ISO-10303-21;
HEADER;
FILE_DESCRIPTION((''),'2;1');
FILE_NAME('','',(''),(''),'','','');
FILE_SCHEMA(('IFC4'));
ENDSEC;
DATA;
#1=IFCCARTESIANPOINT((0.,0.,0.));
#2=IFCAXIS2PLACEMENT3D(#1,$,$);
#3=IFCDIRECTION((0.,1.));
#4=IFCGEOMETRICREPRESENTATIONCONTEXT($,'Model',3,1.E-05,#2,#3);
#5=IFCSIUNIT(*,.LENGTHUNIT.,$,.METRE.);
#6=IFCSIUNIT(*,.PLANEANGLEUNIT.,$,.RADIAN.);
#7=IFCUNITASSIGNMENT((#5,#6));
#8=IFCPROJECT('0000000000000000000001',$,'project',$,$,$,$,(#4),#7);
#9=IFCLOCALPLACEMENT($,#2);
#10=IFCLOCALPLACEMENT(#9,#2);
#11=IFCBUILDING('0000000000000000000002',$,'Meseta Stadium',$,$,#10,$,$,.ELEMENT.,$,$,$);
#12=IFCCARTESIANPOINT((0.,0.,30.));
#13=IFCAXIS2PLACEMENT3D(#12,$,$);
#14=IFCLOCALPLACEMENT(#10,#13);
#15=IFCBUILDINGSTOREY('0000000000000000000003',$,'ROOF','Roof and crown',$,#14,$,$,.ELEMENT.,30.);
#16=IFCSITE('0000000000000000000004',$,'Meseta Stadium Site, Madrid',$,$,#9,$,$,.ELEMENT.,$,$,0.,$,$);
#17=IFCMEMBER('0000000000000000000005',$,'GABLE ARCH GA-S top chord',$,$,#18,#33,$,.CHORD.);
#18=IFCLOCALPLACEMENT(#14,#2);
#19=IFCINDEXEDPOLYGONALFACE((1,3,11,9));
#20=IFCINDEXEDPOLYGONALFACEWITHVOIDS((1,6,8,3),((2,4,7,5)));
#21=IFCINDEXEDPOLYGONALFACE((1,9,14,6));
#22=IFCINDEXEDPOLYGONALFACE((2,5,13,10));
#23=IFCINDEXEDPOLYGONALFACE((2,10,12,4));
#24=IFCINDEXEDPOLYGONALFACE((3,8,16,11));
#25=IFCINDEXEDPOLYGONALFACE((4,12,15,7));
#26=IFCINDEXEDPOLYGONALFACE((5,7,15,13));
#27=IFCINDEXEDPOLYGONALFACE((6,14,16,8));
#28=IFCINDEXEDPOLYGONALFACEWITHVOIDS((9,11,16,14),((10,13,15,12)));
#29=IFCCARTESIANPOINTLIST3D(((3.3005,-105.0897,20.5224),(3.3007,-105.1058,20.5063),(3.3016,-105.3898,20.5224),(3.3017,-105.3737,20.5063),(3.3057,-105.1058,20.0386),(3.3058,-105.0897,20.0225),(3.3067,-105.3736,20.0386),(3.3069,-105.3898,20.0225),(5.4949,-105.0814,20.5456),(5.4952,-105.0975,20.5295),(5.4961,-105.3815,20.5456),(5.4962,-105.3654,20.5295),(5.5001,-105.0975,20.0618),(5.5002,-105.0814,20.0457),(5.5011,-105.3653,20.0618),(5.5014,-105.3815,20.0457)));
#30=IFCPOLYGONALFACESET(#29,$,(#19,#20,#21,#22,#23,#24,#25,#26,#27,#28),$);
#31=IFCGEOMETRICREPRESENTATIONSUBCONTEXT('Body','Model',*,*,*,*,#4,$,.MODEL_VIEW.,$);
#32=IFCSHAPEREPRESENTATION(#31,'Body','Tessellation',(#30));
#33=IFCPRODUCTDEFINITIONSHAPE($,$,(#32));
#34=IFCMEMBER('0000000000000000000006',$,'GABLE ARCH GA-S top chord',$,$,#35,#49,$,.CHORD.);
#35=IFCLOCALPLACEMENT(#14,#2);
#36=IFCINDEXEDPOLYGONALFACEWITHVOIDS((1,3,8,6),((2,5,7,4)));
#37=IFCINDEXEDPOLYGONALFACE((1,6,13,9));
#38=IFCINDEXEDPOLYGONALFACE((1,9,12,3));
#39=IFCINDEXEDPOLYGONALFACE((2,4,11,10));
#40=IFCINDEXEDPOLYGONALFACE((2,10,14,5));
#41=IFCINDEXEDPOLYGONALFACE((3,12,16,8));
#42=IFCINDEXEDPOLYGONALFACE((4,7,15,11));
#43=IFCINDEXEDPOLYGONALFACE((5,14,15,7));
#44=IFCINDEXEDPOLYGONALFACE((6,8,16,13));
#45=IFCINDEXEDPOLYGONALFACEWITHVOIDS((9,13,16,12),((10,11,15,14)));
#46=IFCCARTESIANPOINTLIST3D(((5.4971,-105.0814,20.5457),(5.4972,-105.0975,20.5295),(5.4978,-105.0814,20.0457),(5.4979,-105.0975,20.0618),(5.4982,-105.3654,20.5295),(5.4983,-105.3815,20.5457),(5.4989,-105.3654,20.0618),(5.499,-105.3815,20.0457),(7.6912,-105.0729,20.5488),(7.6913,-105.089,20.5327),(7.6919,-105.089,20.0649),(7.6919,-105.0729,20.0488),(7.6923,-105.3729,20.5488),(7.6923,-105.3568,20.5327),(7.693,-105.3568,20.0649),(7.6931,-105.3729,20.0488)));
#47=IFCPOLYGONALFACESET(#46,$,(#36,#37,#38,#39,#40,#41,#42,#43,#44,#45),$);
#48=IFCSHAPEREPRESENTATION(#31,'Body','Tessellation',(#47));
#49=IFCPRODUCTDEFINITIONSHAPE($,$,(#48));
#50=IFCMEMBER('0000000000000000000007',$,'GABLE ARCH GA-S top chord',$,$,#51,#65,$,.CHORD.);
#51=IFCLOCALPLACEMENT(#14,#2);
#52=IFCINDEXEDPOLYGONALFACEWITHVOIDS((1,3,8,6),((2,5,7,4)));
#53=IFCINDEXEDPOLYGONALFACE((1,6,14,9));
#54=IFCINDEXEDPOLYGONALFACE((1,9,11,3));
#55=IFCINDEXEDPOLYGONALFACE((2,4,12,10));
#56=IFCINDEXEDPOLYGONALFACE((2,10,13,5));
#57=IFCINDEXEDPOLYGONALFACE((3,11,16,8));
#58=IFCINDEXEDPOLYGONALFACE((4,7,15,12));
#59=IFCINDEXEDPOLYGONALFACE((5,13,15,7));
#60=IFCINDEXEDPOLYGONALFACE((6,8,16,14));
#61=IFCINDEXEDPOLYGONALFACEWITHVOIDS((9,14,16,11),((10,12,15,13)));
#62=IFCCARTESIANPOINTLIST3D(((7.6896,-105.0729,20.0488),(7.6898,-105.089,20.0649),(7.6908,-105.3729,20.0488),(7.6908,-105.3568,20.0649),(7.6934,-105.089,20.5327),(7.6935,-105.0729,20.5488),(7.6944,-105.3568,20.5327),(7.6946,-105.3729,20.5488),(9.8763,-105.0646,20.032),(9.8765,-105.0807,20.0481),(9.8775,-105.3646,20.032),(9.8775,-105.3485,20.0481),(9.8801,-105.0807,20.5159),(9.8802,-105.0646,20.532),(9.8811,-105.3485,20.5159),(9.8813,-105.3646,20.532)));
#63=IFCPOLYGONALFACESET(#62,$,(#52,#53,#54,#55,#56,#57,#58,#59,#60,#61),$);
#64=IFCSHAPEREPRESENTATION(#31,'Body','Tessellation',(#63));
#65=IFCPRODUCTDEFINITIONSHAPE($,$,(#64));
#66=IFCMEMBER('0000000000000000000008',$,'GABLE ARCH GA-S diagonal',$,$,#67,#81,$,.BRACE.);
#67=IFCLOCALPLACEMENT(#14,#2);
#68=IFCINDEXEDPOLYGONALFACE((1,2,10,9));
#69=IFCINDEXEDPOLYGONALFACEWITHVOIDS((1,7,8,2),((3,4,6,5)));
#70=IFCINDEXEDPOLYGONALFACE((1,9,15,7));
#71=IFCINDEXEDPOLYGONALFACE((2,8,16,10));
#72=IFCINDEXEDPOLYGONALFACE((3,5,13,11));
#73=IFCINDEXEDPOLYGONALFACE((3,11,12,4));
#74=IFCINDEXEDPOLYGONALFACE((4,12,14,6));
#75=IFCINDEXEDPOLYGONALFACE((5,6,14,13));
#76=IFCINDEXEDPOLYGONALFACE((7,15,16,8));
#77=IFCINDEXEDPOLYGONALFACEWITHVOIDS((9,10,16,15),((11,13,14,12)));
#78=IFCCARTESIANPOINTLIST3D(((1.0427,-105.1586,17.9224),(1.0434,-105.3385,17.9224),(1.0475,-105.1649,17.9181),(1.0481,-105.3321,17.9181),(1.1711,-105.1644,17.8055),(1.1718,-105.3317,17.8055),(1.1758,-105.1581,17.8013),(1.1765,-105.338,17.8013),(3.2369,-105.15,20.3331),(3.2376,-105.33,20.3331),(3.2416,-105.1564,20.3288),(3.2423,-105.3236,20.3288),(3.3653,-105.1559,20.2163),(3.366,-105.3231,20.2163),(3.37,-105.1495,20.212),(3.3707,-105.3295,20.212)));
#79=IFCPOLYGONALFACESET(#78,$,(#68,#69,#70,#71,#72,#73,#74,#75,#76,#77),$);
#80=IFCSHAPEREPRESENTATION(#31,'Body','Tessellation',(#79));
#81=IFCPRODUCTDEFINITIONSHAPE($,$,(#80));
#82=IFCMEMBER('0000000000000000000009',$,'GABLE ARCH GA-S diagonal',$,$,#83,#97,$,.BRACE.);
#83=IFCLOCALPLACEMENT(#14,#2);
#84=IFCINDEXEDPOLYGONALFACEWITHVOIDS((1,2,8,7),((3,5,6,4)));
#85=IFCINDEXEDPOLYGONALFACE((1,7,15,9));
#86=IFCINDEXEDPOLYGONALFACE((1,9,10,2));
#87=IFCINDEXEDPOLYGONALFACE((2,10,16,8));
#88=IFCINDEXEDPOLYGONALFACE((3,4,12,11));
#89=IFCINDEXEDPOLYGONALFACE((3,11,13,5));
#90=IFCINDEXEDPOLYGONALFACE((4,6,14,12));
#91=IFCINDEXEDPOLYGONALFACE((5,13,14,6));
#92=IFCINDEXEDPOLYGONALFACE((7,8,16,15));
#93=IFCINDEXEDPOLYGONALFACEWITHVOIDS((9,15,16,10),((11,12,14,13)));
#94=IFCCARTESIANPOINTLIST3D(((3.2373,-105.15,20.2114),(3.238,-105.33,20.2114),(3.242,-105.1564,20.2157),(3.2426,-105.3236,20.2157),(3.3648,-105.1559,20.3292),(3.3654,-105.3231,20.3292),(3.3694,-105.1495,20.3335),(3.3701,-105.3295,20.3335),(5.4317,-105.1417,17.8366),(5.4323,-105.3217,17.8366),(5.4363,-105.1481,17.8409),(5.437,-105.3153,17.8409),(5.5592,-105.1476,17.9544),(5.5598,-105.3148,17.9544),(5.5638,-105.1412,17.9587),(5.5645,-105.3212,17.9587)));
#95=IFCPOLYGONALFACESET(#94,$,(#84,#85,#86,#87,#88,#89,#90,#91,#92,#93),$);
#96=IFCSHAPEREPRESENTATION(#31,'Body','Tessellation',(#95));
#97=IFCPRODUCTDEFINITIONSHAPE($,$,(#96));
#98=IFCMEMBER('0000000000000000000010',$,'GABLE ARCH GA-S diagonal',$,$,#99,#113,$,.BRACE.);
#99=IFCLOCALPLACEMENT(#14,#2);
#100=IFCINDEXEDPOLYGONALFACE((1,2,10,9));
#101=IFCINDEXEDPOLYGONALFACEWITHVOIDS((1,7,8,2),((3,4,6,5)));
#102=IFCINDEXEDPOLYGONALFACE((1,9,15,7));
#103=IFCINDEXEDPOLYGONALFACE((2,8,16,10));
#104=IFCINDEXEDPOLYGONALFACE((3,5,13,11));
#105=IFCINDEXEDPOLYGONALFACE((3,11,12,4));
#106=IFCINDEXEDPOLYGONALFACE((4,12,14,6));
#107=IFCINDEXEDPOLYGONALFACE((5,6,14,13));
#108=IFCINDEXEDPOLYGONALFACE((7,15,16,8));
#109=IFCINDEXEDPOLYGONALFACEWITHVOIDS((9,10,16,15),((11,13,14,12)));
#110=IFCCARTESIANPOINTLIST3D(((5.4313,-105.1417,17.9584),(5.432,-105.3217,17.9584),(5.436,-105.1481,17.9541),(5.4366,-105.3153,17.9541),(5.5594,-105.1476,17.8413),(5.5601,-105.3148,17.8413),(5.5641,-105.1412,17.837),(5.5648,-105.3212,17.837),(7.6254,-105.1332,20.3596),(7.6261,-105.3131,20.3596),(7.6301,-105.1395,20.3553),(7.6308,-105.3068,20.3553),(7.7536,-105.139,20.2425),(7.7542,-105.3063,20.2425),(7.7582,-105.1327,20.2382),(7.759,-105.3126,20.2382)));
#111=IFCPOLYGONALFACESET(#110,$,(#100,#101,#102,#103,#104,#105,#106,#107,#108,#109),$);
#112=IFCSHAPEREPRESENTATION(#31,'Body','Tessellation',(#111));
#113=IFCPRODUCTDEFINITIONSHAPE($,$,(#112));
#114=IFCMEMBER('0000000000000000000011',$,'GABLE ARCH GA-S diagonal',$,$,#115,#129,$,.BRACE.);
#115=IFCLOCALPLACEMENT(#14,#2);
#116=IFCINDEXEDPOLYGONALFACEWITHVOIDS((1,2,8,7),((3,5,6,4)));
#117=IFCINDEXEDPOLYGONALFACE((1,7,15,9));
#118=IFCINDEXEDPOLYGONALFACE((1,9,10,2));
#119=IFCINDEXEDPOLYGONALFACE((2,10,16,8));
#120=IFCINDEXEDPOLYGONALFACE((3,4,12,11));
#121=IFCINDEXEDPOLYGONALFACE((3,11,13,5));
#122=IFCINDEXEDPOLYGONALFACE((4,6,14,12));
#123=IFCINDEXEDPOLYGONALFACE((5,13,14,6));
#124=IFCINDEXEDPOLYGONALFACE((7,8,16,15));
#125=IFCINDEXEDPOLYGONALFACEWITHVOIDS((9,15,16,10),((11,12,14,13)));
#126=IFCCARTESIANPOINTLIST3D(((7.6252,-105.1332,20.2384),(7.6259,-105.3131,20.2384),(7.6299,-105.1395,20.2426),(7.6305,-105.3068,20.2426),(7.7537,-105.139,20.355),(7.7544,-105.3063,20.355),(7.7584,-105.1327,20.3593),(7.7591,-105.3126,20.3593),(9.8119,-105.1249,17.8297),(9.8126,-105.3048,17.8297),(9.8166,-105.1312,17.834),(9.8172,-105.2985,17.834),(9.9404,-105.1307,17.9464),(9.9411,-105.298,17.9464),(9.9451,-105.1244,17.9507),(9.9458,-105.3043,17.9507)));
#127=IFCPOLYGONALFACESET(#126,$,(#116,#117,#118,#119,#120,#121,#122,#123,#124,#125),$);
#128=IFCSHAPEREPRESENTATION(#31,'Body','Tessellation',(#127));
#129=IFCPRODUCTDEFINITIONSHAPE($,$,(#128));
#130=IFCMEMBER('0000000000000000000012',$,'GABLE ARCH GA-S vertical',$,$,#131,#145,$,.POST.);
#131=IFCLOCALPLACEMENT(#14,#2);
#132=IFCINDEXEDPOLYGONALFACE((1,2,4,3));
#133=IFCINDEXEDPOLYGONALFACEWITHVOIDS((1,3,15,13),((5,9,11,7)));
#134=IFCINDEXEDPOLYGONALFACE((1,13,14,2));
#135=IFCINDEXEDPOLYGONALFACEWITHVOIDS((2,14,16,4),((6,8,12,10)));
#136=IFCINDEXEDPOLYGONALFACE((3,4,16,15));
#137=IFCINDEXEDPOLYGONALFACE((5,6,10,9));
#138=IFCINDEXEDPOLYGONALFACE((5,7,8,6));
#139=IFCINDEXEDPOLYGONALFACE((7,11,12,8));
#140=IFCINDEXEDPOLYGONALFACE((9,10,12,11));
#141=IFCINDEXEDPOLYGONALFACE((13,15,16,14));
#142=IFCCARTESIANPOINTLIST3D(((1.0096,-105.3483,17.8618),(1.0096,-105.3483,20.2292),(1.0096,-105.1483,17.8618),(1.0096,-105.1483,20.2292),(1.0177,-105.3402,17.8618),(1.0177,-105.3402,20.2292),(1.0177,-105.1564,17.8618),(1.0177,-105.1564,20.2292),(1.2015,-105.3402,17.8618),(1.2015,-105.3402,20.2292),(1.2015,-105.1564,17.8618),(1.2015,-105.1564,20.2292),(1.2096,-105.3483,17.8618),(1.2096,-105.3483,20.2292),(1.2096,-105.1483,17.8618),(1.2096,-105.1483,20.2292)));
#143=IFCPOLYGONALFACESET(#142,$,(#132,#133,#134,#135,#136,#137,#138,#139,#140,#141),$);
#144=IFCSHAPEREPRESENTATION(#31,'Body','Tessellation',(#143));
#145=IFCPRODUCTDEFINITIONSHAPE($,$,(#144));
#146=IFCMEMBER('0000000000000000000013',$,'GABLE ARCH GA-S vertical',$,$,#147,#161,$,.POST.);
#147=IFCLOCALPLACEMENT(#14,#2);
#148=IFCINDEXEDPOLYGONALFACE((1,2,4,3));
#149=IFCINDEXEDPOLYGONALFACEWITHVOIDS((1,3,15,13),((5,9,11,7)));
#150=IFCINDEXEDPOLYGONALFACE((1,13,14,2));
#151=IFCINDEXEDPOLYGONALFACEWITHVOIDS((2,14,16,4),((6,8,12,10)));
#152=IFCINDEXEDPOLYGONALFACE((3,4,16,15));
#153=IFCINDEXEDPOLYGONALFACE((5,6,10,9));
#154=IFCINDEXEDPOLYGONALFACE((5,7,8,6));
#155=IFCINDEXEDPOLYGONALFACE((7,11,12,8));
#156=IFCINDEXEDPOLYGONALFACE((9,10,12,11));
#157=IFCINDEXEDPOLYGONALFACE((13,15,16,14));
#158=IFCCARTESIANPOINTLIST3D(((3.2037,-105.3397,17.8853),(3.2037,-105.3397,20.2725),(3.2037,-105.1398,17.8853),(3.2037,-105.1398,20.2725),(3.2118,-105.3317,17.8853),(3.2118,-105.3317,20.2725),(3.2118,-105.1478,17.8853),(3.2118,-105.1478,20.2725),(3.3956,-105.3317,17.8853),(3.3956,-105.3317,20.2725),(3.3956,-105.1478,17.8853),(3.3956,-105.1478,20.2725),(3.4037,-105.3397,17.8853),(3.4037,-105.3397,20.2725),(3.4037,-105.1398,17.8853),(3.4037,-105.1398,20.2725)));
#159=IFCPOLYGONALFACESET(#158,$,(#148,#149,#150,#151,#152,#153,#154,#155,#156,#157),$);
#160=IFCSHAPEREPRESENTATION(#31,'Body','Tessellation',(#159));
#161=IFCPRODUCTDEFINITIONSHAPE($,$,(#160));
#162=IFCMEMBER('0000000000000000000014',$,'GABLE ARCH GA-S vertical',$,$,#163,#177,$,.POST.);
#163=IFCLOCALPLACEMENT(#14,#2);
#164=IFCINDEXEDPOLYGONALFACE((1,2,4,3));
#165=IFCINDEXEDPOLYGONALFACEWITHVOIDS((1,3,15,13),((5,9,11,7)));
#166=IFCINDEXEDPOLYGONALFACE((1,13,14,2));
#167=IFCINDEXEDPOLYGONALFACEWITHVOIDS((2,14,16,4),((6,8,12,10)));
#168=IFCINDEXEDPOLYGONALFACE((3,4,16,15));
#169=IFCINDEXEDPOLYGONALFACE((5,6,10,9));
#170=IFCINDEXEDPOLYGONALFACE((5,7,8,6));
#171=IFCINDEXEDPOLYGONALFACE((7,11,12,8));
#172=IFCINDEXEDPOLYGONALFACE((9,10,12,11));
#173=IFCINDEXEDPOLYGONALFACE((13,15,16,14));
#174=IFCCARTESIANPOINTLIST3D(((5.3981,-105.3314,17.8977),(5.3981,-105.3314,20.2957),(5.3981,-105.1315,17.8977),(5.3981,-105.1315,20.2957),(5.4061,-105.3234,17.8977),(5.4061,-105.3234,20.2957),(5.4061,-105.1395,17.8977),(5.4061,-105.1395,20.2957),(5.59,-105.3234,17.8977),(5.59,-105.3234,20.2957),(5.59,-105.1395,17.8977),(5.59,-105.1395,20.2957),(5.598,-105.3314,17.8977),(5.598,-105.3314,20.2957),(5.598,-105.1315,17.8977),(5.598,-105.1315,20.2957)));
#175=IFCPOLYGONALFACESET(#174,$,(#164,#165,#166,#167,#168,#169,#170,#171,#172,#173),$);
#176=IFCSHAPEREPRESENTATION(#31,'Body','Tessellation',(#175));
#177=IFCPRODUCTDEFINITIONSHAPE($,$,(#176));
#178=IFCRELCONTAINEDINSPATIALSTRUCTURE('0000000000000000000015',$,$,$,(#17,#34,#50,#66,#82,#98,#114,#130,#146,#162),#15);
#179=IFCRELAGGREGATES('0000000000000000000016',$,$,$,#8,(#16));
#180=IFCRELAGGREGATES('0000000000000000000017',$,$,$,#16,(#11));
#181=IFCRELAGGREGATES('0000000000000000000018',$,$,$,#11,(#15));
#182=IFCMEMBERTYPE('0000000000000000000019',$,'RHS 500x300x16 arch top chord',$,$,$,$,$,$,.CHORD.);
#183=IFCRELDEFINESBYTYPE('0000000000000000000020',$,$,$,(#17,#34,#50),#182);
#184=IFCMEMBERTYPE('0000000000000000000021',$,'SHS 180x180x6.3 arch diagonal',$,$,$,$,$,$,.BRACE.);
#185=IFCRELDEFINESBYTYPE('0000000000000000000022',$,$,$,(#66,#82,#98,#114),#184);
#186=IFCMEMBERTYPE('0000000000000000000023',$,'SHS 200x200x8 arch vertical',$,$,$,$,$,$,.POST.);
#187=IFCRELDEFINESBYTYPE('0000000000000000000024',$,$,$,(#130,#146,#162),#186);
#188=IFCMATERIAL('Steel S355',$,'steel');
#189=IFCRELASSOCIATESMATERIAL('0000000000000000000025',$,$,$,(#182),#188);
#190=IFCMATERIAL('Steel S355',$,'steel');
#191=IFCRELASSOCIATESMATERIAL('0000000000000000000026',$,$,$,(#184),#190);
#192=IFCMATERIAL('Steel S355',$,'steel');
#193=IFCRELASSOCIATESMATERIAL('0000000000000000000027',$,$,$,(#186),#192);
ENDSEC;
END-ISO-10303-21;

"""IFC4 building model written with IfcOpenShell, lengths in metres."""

from ifc_helpers import new_model, si_unit, direction, frame, origin, origin_2d, place, context, subcontext, project, spatial, hollow_rectangle, extrude, material, material_profile, profile_set, type_object, element, save


model = new_model("IFC4")

# Units and contexts
model_context = context("Model", 3, precision=1e-05, world=origin(), true_north=direction((0.0, 1.0)))
body_context = subcontext(model_context, "Body", "Model", "MODEL_VIEW")
ifc_project = project(units=[si_unit("LENGTHUNIT", "METRE"), si_unit("PLANEANGLEUNIT", "RADIAN")], contexts=[model_context])

# Site, building, storey
site_placement = place(None, origin())
site = spatial("IfcSite", under=ifc_project, at=site_placement, Name="Meseta Stadium Site, Madrid", CompositionType="ELEMENT", RefElevation=0.0)
building_placement = place(site_placement, origin())
building = spatial("IfcBuilding", under=site, at=building_placement, Name="Meseta Stadium", CompositionType="ELEMENT")
storey_placement = place(building_placement, frame((0.0, 0.0, 30.0)))
storey = spatial("IfcBuildingStorey", under=building, at=storey_placement, Name="ROOF", Description="Roof and crown", CompositionType="ELEMENT", Elevation=30.0)

# Members
ifc_material_1 = material(Name="Steel S355", Category="steel")
ifc_material_profile_1 = material_profile(ifc_material_1, hollow_rectangle(XDim=0.3, YDim=0.5, WallThickness=0.0161, at=origin_2d()), Name="RHS 500x300x16")
ifc_profile_set_1 = profile_set([ifc_material_profile_1], Name="Steel S355")
member_type_1 = type_object("IfcMemberType", Name="RHS 500x300x16 arch top chord", PredefinedType="CHORD", material=ifc_profile_set_1)
member_1_placement = place(storey_placement, frame((3.3037, -105.2397, 20.2725), z_axis=(0.999937, 0.003783, 0.010569), x_axis=(-0.003783, 0.999993, 0.0)))
element("IfcMember", 1, at=member_1_placement, inside=storey, type_object=member_type_1, Name="GABLE ARCH GA-S top chord", PredefinedType="CHORD", context=body_context, shape_type="SweptSolid", body=[
    extrude(hollow_rectangle(XDim=0.3, YDim=0.5, WallThickness=0.0161, at=origin_2d()), origin(), (0.0, 0.0, 1.0), 2.1946),
])
member_2_placement = place(storey_placement, frame((5.498, -105.2314, 20.2957), z_axis=(0.999991, 0.003894, 0.001447), x_axis=(-0.003894, 0.999992, 0.0)))
element("IfcMember", 2, at=member_2_placement, inside=storey, type_object=member_type_1, Name="GABLE ARCH GA-S top chord", PredefinedType="CHORD", context=body_context, shape_type="SweptSolid", body=[
    extrude(hollow_rectangle(XDim=0.3, YDim=0.5, WallThickness=0.0161, at=origin_2d()), origin(), (0.0, 0.0, 1.0), 2.1941),
])
member_3_placement = place(storey_placement, frame((7.6921, -105.2229, 20.2988), z_axis=(0.999963, 0.003796, -0.007703), x_axis=(-0.003796, 0.999993, 0.0)))
element("IfcMember", 3, at=member_3_placement, inside=storey, type_object=member_type_1, Name="GABLE ARCH GA-S top chord", PredefinedType="CHORD", context=body_context, shape_type="SweptSolid", body=[
    extrude(hollow_rectangle(XDim=0.3, YDim=0.5, WallThickness=0.0161, at=origin_2d()), origin(), (0.0, 0.0, 1.0), 2.1868),
])
ifc_material_2 = material(Name="Steel S355", Category="steel")
ifc_material_profile_2 = material_profile(ifc_material_2, hollow_rectangle(XDim=0.1799, YDim=0.1799, WallThickness=0.0063, at=origin_2d()), Name="SHS 180x180x6.3")
ifc_profile_set_2 = profile_set([ifc_material_profile_2], Name="Steel S355")
member_type_2 = type_object("IfcMemberType", Name="SHS 180x180x6.3 arch diagonal", PredefinedType="BRACE", material=ifc_profile_set_2)
member_4_placement = place(storey_placement, frame((1.1096, -105.2483, 17.8618), z_axis=(0.673107, 0.002621, 0.739541), x_axis=(-0.003894, 0.999992, 0.0)))
element("IfcMember", 4, at=member_4_placement, inside=storey, type_object=member_type_2, Name="GABLE ARCH GA-S diagonal", PredefinedType="BRACE", context=body_context, shape_type="SweptSolid", body=[
    extrude(hollow_rectangle(XDim=0.1799, YDim=0.1799, WallThickness=0.0063, at=origin_2d()), origin(), (0.0, 0.0, 1.0), 3.2598),
])
member_5_placement = place(storey_placement, frame((3.3037, -105.2397, 20.2725), z_axis=(0.678654, 0.002567, -0.734454), x_axis=(-0.003783, 0.999993, 0.0)))
element("IfcMember", 5, at=member_5_placement, inside=storey, type_object=member_type_2, Name="GABLE ARCH GA-S diagonal", PredefinedType="BRACE", context=body_context, shape_type="SweptSolid", body=[
    extrude(hollow_rectangle(XDim=0.1799, YDim=0.1799, WallThickness=0.0063, at=origin_2d()), origin(), (0.0, 0.0, 1.0), 3.2334),
])
member_6_placement = place(storey_placement, frame((5.498, -105.2314, 17.8977), z_axis=(0.674562, 0.002627, 0.738213), x_axis=(-0.003894, 0.999992, 0.0)))
element("IfcMember", 6, at=member_6_placement, inside=storey, type_object=member_type_2, Name="GABLE ARCH GA-S diagonal", PredefinedType="BRACE", context=body_context, shape_type="SweptSolid", body=[
    extrude(hollow_rectangle(XDim=0.1799, YDim=0.1799, WallThickness=0.0063, at=origin_2d()), origin(), (0.0, 0.0, 1.0), 3.2527),
])
member_7_placement = place(storey_placement, frame((7.6921, -105.2229, 20.2988), z_axis=(0.672174, 0.002552, -0.740389), x_axis=(-0.003796, 0.999993, 0.0)))
element("IfcMember", 7, at=member_7_placement, inside=storey, type_object=member_type_2, Name="GABLE ARCH GA-S diagonal", PredefinedType="BRACE", context=body_context, shape_type="SweptSolid", body=[
    extrude(hollow_rectangle(XDim=0.1799, YDim=0.1799, WallThickness=0.0063, at=origin_2d()), origin(), (0.0, 0.0, 1.0), 3.2532),
])
ifc_material_3 = material(Name="Steel S355", Category="steel")
ifc_material_profile_3 = material_profile(ifc_material_3, hollow_rectangle(XDim=0.2, YDim=0.2, WallThickness=0.0081, at=origin_2d()), Name="SHS 200x200x8")
ifc_profile_set_3 = profile_set([ifc_material_profile_3], Name="Steel S355")
member_type_3 = type_object("IfcMemberType", Name="SHS 200x200x8 arch vertical", PredefinedType="POST", material=ifc_profile_set_3)
member_8_placement = place(storey_placement, frame((1.1096, -105.2483, 17.8618), z_axis=(0.0, 0.0, 1.0), x_axis=(1.0, 0.0, 0.0)))
element("IfcMember", 8, at=member_8_placement, inside=storey, type_object=member_type_3, Name="GABLE ARCH GA-S vertical", PredefinedType="POST", context=body_context, shape_type="SweptSolid", body=[
    extrude(hollow_rectangle(XDim=0.2, YDim=0.2, WallThickness=0.0081, at=origin_2d()), origin(), (0.0, 0.0, 1.0), 2.3674),
])
member_9_placement = place(storey_placement, frame((3.3037, -105.2397, 17.8853), z_axis=(0.0, 0.0, 1.0), x_axis=(1.0, 0.0, 0.0)))
element("IfcMember", 9, at=member_9_placement, inside=storey, type_object=member_type_3, Name="GABLE ARCH GA-S vertical", PredefinedType="POST", context=body_context, shape_type="SweptSolid", body=[
    extrude(hollow_rectangle(XDim=0.2, YDim=0.2, WallThickness=0.0081, at=origin_2d()), origin(), (0.0, 0.0, 1.0), 2.3872),
])
member_10_placement = place(storey_placement, frame((5.498, -105.2314, 17.8977), z_axis=(0.0, 0.0, 1.0), x_axis=(1.0, 0.0, 0.0)))
element("IfcMember", 10, at=member_10_placement, inside=storey, type_object=member_type_3, Name="GABLE ARCH GA-S vertical", PredefinedType="POST", context=body_context, shape_type="SweptSolid", body=[
    extrude(hollow_rectangle(XDim=0.2, YDim=0.2, WallThickness=0.0081, at=origin_2d()), origin(), (0.0, 0.0, 1.0), 2.3979),
])

save(model, "model.ifc")
